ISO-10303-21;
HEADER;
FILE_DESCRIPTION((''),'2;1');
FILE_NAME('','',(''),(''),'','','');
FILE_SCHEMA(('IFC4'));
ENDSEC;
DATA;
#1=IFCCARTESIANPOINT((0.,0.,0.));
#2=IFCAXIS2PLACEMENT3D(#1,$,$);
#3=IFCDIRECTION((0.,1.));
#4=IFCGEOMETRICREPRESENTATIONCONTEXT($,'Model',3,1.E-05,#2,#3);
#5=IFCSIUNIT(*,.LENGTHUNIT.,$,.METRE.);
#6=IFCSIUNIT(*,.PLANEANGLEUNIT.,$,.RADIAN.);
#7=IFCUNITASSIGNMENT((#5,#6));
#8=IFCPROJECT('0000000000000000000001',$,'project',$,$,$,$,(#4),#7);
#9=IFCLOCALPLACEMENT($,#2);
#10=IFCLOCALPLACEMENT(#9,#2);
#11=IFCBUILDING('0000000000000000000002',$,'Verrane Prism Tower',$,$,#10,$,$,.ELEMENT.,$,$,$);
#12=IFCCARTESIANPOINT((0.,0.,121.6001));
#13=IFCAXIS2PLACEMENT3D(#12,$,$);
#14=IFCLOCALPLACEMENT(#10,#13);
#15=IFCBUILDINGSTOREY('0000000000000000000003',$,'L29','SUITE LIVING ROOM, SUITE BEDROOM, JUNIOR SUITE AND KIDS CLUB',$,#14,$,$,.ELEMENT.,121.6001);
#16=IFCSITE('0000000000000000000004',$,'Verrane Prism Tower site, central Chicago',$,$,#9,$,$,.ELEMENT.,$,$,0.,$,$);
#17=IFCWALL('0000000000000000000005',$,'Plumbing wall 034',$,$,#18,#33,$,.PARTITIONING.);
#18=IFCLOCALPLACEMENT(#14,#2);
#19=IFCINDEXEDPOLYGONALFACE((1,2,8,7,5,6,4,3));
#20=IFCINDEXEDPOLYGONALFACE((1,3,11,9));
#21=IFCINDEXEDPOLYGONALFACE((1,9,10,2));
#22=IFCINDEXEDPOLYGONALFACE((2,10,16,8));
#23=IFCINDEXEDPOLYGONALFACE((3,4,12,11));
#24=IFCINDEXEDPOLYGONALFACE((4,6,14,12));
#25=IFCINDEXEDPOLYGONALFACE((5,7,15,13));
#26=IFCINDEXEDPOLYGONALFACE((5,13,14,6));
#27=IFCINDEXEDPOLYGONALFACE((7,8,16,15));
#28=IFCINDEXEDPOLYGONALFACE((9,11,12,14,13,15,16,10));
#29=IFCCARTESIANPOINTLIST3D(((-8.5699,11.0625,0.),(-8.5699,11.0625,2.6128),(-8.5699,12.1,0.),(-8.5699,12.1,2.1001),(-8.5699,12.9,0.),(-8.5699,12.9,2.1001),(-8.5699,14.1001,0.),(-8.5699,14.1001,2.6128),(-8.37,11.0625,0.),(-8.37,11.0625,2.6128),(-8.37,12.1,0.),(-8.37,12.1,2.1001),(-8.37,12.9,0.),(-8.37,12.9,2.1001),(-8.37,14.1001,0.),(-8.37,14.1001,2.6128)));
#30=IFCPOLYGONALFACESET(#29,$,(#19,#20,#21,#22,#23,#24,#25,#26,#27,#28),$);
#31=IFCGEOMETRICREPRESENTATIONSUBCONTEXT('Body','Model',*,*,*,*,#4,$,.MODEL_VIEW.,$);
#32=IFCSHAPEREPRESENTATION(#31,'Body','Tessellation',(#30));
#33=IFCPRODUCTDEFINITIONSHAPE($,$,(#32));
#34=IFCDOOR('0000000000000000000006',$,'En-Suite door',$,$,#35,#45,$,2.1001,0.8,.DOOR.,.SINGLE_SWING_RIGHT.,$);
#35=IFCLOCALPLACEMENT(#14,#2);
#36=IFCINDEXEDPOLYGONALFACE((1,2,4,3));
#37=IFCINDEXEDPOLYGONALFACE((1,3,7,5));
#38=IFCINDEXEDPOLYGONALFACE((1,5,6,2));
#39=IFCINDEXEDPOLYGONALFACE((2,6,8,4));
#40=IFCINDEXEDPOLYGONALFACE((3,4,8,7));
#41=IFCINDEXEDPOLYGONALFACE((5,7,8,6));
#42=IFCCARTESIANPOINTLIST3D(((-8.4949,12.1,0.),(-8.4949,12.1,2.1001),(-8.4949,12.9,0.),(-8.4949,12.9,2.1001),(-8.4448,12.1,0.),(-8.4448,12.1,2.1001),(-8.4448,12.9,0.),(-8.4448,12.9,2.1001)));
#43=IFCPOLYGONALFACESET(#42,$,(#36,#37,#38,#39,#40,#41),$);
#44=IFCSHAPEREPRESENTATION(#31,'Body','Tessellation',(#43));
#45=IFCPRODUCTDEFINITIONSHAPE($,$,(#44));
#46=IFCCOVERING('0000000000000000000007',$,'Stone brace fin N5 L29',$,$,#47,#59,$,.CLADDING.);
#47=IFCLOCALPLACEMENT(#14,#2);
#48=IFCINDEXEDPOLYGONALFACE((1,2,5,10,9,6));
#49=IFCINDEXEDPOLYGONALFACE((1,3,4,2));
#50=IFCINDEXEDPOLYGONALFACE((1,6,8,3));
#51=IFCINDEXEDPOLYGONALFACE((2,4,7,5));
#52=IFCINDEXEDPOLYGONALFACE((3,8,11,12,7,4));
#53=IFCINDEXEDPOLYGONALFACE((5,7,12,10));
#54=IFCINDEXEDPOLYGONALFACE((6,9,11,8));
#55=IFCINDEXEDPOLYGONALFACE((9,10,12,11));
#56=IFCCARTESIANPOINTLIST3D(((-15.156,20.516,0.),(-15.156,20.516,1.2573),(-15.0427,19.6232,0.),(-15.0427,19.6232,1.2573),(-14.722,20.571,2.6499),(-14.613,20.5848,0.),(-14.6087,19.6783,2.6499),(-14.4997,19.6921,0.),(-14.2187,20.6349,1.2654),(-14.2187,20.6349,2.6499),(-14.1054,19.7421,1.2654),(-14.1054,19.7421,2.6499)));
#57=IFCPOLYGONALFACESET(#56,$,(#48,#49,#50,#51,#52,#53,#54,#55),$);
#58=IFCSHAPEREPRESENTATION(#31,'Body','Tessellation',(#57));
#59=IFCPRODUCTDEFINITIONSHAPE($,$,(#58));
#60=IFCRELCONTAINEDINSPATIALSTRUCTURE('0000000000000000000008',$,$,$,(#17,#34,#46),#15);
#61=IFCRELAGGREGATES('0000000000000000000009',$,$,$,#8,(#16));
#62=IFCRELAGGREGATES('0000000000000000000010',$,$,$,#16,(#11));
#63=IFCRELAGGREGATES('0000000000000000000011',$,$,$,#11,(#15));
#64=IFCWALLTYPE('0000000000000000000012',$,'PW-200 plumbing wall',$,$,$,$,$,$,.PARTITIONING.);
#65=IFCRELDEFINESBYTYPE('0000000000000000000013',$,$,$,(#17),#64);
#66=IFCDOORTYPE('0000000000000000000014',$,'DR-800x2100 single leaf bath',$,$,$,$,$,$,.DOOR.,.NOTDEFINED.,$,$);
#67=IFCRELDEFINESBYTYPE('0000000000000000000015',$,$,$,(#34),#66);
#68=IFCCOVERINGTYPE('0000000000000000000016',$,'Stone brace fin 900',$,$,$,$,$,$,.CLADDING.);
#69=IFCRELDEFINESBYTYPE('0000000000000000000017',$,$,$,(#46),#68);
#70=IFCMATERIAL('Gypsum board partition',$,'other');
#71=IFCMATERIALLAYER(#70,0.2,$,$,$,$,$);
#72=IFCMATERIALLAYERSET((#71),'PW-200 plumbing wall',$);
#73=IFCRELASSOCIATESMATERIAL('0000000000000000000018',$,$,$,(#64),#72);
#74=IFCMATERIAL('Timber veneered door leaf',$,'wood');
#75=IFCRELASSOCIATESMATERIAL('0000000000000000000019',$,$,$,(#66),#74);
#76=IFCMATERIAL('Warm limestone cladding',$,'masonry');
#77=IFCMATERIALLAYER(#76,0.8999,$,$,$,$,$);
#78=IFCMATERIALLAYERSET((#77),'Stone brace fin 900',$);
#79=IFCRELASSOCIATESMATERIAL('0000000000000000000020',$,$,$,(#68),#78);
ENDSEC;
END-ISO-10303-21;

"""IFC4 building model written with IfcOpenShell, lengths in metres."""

from ifc_helpers import new_model, si_unit, direction, frame, frame_2d, origin, place, context, subcontext, project, spatial, polyline, rectangle, outline, extrude, material, layer, layer_set, type_object, element, fill, save


model = new_model("IFC4")

# Units and contexts
model_context = context("Model", 3, precision=1e-05, world=origin(), true_north=direction((0.0, 1.0)))
body_context = subcontext(model_context, "Body", "Model", "MODEL_VIEW")
ifc_project = project(units=[si_unit("LENGTHUNIT", "METRE"), si_unit("PLANEANGLEUNIT", "RADIAN")], contexts=[model_context])

# Site, building, storey
site_placement = place(None, origin())
site = spatial("IfcSite", under=ifc_project, at=site_placement, Name="Verrane Prism Tower site, central Chicago", CompositionType="ELEMENT", RefElevation=0.0)
building_placement = place(site_placement, origin())
building = spatial("IfcBuilding", under=site, at=building_placement, Name="Verrane Prism Tower", CompositionType="ELEMENT")
storey_placement = place(building_placement, frame((0.0, 0.0, 121.6001)))
storey = spatial("IfcBuildingStorey", under=building, at=storey_placement, Name="L29", Description="SUITE LIVING ROOM, SUITE BEDROOM, JUNIOR SUITE AND KIDS CLUB", CompositionType="ELEMENT", Elevation=121.6001)

# Shared definitions
ifc_material_1 = material(Name="Gypsum board partition", Category="other")
ifc_layer_1 = layer(ifc_material_1, 0.2)
ifc_layer_set_1 = layer_set([ifc_layer_1], Name="PW-200 plumbing wall")
wall_type_1 = type_object("IfcWallType", Name="PW-200 plumbing wall", PredefinedType="PARTITIONING", material=ifc_layer_set_1)
ifc_material_2 = material(Name="Timber veneered door leaf", Category="wood")
door_type_1 = type_object("IfcDoorType", Name="DR-800x2100 single leaf bath", OperationType="NOTDEFINED", PredefinedType="DOOR", material=ifc_material_2)

# Wall, opening, door
wall_1_placement = place(storey_placement, frame((-8.47, 11.0625, 0.0), z_axis=(0.0, 0.0, 1.0), x_axis=(0.0, 1.0, 0.0)))
wall_1 = element("IfcWall", 1, at=wall_1_placement, inside=storey, type_object=wall_type_1, Name="Plumbing wall 034", PredefinedType="PARTITIONING", context=body_context, shape_type="SweptSolid", body=[
    extrude(rectangle(XDim=3.0376, YDim=0.2, at=frame_2d((1.5188, 0.0))), origin(), (0.0, 0.0, 1.0), 2.6128),
])
opening_1_placement = place(wall_1_placement, frame((1.0376, 0.0, 0.0)))
opening_1 = element("IfcOpeningElement", 2, at=opening_1_placement, cuts=wall_1, PredefinedType="OPENING", context=body_context, shape_type="SweptSolid", body=[
    extrude(rectangle(XDim=0.8, YDim=2.1001, at=frame_2d((0.3999, 1.05))), frame((0.0, 0.1099, 0.0), z_axis=(0.0, -1.0, 0.0), x_axis=(1.0, 0.0, 0.0)), (0.0, 0.0, 1.0), 0.22),
])
door_1_placement = place(opening_1_placement, origin())
door_1 = element("IfcDoor", 3, at=door_1_placement, inside=storey, type_object=door_type_1, Name="En-Suite door", OperationType="SINGLE_SWING_RIGHT", OverallHeight=2.1001, OverallWidth=0.8, PredefinedType="DOOR", context=body_context, shape_type="SweptSolid", body=[
    extrude(rectangle(XDim=0.8, YDim=2.1001, at=frame_2d((0.3999, 1.05))), frame((0.0, 0.0249, 0.0), z_axis=(0.0, -1.0, 0.0), x_axis=(1.0, 0.0, 0.0)), (0.0, 0.0, 1.0), 0.05),
])
fill(opening_1, door_1)

# Covering
ifc_material_3 = material(Name="Warm limestone cladding", Category="masonry")
ifc_layer_2 = layer(ifc_material_3, 0.8999)
ifc_layer_set_2 = layer_set([ifc_layer_2], Name="Stone brace fin 900")
covering_type = type_object("IfcCoveringType", Name="Stone brace fin 900", PredefinedType="CLADDING", material=ifc_layer_set_2)
covering_placement = place(storey_placement, frame((-15.0994, 20.0696, 0.0), z_axis=(0.0, 0.0, 1.0), x_axis=(0.99205, 0.125847, 0.0)))
element("IfcCovering", 4, at=covering_placement, inside=storey, type_object=covering_type, Name="Stone brace fin N5 L29", PredefinedType="CLADDING", context=body_context, shape_type="SweptSolid", body=[
    extrude(outline(polyline([(0.9448, 2.6499), (0.4375, 2.6499), (0.0, 1.2573), (0.0, 0.0), (0.5474, 0.0), (0.9448, 1.2654), (0.9448, 2.6499)])), frame((0.0, 0.45, 0.0), z_axis=(0.0, -1.0, 0.0), x_axis=(1.0, 0.0, 0.0)), (0.0, 0.0, 1.0), 0.8999),
])

save(model, "model.ifc")
